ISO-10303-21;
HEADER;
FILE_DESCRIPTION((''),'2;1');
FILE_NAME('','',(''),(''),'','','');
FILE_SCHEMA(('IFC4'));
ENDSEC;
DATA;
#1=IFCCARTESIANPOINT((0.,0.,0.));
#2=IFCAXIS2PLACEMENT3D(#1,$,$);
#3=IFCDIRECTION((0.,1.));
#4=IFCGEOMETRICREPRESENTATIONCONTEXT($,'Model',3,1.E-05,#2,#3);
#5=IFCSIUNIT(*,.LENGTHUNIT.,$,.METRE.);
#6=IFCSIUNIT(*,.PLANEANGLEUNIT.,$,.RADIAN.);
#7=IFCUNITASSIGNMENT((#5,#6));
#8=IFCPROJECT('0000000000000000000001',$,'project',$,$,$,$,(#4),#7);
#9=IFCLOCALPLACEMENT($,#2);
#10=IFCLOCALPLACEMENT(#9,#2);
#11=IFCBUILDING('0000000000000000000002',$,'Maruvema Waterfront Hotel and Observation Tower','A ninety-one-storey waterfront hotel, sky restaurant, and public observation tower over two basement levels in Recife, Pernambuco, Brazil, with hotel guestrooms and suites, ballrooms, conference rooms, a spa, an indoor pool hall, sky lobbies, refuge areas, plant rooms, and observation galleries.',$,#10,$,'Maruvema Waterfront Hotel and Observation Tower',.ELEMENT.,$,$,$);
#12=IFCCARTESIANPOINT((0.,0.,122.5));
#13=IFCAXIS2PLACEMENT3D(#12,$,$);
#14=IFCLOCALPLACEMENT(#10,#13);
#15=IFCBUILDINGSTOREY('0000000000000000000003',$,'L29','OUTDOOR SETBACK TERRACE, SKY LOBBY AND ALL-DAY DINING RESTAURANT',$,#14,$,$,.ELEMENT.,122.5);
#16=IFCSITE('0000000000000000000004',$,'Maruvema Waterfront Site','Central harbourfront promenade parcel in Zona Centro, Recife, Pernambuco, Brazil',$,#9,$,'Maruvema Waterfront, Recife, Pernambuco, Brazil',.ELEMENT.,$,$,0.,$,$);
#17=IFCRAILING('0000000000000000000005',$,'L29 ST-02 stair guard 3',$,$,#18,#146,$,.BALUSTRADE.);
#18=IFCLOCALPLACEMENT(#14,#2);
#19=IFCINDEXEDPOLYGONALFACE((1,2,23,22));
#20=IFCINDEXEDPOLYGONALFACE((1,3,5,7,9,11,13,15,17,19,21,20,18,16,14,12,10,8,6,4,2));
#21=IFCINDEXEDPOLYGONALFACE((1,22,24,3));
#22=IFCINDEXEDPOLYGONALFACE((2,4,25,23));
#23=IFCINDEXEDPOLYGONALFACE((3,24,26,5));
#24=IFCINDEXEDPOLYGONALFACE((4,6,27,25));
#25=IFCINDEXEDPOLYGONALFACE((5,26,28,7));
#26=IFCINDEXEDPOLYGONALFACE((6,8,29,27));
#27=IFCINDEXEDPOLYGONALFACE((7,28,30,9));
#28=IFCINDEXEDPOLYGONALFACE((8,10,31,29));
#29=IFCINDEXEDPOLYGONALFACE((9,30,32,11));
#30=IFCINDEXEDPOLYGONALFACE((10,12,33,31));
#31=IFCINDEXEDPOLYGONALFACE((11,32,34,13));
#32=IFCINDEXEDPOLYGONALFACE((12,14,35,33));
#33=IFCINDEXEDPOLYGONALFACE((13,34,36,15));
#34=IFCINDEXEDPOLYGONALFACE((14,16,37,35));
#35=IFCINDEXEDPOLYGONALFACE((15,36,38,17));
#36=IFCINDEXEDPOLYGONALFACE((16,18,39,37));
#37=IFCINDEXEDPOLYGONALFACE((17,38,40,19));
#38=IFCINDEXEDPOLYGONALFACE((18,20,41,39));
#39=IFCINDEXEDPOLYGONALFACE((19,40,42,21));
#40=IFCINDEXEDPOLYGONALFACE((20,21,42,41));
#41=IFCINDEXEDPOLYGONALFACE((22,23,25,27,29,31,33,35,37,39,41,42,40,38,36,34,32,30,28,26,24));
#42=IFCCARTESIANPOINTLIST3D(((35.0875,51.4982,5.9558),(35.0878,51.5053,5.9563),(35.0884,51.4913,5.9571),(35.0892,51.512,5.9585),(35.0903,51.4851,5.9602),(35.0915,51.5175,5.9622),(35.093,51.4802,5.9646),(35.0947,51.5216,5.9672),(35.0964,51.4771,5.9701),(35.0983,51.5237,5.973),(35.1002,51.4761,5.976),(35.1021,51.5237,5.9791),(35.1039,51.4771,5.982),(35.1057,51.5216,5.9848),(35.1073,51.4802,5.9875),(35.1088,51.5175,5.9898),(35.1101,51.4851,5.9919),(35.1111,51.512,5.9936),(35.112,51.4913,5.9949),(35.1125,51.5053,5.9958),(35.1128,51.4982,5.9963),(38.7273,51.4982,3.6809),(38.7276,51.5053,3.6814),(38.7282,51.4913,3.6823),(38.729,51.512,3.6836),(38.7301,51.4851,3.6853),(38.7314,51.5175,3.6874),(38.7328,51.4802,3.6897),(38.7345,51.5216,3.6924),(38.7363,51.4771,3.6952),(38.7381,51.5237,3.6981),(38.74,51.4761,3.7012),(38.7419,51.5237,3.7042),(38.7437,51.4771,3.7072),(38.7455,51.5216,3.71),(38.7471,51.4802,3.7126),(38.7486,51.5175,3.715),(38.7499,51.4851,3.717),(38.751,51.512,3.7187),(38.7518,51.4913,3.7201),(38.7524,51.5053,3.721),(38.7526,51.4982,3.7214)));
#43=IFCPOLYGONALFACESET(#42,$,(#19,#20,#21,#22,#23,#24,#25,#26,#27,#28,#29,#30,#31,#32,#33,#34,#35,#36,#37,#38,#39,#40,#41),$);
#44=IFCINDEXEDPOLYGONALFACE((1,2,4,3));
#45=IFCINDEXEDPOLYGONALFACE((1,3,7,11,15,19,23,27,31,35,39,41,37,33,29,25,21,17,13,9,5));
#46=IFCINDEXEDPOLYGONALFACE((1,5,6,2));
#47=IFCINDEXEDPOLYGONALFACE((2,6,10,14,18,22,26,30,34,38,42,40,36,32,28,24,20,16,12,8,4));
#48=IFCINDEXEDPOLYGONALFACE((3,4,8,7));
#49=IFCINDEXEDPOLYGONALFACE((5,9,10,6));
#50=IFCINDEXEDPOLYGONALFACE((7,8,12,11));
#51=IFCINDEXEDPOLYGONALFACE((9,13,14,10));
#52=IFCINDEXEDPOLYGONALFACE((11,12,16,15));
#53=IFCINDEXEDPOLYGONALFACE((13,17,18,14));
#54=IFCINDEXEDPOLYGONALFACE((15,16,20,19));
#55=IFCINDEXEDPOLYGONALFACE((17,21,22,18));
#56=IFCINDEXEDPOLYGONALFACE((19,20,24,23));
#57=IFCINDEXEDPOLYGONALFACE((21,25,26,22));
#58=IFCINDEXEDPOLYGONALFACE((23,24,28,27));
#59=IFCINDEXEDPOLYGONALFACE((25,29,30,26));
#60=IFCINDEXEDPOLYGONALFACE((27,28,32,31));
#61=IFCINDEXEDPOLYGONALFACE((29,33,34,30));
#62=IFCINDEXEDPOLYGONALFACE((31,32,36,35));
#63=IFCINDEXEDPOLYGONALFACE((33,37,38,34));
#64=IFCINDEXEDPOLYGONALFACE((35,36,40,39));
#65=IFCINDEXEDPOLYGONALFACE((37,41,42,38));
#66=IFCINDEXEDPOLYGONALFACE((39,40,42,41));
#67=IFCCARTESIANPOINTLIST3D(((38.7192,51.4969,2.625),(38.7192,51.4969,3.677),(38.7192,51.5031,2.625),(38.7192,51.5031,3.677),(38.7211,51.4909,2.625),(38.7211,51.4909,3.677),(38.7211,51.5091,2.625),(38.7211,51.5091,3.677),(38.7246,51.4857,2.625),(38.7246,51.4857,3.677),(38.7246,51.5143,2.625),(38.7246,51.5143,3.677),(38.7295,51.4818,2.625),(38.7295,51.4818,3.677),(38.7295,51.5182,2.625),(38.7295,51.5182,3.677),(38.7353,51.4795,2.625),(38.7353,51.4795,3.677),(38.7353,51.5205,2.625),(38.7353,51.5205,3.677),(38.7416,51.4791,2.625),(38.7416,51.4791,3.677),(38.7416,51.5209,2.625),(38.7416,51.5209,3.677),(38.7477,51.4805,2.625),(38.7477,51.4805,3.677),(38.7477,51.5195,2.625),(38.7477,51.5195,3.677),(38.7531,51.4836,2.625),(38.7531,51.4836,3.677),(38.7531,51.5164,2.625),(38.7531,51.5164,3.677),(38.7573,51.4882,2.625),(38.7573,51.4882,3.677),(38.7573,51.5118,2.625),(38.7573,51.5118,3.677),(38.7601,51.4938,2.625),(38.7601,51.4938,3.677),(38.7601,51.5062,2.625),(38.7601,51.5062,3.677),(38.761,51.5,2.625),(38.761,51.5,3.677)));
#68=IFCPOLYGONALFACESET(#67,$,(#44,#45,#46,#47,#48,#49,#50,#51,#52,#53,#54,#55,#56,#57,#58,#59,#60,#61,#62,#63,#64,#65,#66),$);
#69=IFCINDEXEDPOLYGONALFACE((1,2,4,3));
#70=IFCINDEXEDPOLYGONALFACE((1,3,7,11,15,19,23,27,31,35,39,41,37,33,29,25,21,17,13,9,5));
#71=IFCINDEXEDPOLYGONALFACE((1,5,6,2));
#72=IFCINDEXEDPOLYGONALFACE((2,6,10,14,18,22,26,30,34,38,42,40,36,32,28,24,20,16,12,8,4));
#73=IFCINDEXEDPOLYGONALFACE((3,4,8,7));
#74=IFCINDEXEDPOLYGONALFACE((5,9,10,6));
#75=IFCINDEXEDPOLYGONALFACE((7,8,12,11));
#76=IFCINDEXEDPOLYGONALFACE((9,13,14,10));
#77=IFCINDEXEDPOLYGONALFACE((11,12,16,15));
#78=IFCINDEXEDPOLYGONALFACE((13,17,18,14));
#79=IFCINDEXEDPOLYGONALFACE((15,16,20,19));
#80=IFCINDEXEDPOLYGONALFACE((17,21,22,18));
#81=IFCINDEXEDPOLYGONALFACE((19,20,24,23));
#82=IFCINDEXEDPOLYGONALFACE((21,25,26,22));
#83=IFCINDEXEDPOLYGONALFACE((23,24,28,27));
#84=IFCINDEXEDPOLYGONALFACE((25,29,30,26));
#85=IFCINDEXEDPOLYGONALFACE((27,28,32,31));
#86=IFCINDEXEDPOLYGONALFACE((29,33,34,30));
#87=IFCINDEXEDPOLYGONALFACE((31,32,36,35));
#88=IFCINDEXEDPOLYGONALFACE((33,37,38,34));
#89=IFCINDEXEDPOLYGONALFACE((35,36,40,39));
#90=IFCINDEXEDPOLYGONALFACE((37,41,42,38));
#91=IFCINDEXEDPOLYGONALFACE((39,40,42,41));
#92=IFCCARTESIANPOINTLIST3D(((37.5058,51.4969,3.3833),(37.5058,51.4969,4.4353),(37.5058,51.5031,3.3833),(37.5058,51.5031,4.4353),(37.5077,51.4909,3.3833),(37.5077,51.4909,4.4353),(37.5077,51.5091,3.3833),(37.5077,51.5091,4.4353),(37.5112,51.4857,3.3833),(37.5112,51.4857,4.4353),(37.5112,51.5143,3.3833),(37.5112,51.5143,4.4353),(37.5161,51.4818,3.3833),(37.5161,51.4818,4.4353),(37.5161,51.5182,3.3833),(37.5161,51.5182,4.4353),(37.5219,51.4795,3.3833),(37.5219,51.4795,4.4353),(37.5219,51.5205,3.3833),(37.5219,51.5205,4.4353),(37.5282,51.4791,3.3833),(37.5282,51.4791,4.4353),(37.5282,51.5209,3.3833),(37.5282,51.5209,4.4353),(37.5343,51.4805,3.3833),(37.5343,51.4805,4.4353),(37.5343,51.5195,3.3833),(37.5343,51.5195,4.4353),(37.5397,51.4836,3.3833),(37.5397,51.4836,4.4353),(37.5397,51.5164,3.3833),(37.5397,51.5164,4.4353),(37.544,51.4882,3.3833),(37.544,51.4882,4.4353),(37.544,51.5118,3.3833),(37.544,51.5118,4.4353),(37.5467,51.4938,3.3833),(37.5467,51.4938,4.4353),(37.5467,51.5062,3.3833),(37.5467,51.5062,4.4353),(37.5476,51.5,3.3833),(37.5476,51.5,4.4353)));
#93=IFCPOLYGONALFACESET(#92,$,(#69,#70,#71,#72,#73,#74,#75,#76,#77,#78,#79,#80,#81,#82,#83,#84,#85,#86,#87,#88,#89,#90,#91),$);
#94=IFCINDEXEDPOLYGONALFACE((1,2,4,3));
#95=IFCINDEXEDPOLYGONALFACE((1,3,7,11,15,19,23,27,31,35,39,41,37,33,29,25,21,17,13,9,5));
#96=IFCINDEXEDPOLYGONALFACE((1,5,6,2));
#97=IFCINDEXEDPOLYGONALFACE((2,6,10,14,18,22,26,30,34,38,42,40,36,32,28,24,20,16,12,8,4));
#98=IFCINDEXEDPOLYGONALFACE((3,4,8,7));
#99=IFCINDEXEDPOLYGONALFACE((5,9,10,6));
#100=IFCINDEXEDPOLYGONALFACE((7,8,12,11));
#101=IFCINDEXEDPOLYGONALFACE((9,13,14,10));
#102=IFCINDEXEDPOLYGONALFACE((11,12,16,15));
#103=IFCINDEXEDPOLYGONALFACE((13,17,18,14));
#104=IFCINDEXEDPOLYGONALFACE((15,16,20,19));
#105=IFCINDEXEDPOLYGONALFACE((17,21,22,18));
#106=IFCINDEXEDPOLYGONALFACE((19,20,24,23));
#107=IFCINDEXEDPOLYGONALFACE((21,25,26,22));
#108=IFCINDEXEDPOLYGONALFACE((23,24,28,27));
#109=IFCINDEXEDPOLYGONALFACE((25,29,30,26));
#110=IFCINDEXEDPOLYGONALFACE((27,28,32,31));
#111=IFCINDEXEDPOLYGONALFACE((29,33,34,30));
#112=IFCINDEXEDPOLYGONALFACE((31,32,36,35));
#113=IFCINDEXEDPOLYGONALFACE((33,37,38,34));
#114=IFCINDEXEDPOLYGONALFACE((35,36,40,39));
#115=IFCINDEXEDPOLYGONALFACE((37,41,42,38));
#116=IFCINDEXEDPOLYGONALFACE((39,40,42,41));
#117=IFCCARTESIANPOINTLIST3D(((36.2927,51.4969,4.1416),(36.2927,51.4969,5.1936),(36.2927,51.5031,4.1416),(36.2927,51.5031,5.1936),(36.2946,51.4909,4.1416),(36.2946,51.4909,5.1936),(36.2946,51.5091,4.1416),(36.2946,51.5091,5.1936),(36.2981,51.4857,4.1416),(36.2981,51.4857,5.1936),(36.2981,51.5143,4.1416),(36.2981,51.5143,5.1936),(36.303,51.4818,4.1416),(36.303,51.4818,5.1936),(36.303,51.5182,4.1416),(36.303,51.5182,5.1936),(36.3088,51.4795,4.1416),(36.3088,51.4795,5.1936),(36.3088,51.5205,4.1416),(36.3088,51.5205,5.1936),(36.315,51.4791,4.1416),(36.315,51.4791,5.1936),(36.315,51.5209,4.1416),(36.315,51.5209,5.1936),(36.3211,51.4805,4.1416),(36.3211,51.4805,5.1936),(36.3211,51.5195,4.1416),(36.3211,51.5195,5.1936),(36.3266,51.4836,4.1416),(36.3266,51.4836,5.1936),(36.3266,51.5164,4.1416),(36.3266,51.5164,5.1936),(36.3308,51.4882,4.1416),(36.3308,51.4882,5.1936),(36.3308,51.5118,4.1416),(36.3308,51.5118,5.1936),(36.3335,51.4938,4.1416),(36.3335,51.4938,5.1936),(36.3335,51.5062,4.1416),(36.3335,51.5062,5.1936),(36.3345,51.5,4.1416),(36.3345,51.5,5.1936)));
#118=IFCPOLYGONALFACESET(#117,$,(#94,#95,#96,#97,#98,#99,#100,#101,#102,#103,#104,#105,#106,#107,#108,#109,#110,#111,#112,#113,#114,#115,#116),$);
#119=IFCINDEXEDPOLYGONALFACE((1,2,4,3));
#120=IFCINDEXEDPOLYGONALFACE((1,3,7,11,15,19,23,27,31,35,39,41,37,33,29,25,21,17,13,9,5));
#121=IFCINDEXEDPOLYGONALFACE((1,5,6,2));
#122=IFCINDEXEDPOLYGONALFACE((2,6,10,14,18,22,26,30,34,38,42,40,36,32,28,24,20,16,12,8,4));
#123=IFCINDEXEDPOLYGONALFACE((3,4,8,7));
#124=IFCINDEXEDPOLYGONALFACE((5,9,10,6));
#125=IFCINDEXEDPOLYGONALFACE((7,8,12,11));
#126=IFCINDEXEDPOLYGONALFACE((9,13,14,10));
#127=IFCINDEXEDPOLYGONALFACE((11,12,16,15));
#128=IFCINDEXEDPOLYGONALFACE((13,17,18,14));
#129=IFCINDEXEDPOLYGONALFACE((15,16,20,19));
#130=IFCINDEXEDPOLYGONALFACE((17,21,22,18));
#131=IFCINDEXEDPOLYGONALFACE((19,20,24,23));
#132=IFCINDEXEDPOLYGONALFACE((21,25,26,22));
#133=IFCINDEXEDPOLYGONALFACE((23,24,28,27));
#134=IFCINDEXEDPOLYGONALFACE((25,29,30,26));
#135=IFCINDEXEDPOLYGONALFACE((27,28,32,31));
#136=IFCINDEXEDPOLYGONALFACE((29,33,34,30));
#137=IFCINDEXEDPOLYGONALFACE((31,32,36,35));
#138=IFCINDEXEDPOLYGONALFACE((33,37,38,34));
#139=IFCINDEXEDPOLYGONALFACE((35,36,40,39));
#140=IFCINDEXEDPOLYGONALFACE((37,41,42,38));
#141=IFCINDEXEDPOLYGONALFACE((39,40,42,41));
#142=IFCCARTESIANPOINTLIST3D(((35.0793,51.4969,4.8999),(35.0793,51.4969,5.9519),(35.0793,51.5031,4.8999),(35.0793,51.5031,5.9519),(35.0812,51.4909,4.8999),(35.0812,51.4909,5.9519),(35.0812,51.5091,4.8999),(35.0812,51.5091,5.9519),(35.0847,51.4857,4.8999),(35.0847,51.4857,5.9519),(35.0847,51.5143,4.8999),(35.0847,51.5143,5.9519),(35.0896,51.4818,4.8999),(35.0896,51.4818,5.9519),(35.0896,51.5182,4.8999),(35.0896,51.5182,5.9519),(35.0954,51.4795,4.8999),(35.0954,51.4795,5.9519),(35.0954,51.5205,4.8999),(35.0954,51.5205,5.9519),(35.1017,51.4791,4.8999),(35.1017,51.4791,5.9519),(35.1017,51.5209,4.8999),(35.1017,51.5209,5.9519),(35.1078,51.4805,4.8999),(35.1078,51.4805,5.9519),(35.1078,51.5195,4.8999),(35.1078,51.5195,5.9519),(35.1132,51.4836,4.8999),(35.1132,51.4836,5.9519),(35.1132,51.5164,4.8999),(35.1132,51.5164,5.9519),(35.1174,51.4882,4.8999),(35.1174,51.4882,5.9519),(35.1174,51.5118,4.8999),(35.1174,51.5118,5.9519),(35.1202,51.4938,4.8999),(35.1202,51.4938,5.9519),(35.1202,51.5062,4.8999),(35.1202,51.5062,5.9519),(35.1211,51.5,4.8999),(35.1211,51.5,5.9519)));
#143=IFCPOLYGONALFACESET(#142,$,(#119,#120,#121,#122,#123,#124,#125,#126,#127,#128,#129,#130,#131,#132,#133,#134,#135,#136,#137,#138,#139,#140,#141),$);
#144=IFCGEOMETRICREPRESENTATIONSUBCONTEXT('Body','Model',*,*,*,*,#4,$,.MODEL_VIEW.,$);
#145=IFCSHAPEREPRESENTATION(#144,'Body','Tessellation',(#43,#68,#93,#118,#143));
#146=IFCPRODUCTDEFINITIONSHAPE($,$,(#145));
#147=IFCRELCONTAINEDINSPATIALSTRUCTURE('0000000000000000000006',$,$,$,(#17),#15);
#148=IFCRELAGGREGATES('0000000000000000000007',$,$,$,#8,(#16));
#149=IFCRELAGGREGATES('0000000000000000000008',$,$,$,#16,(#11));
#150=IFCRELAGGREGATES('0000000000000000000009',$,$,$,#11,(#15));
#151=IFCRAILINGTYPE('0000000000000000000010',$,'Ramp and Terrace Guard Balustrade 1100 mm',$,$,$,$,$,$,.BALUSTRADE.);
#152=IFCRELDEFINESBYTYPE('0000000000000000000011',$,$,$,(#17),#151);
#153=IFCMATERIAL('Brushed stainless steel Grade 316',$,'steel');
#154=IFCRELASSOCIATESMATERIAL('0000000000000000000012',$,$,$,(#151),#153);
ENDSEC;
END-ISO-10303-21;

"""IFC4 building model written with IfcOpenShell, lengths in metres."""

from ifc_helpers import new_model, si_unit, direction, frame, origin, origin_2d, place, context, subcontext, project, spatial, circle, extrude, material, type_object, element, save


model = new_model("IFC4")

# Units and contexts
model_context = context("Model", 3, precision=1e-05, world=origin(), true_north=direction((0.0, 1.0)))
body_context = subcontext(model_context, "Body", "Model", "MODEL_VIEW")
ifc_project = project(units=[si_unit("LENGTHUNIT", "METRE"), si_unit("PLANEANGLEUNIT", "RADIAN")], contexts=[model_context])

# Site, building, storey
site_placement = place(None, origin())
site = spatial("IfcSite", under=ifc_project, at=site_placement, Name="Maruvema Waterfront Site", Description="Central harbourfront promenade parcel in Zona Centro, Recife, Pernambuco, Brazil", LongName="Maruvema Waterfront, Recife, Pernambuco, Brazil", CompositionType="ELEMENT", RefElevation=0.0)
building_placement = place(site_placement, origin())
building = spatial("IfcBuilding", under=site, at=building_placement, Name="Maruvema Waterfront Hotel and Observation Tower", Description="A ninety-one-storey waterfront hotel, sky restaurant, and public observation tower over two basement levels in Recife, Pernambuco, Brazil, with hotel guestrooms and suites, ballrooms, conference rooms, a spa, an indoor pool hall, sky lobbies, refuge areas, plant rooms, and observation galleries.", LongName="Maruvema Waterfront Hotel and Observation Tower", CompositionType="ELEMENT")
storey_placement = place(building_placement, frame((0.0, 0.0, 122.5)))
storey = spatial("IfcBuildingStorey", under=building, at=storey_placement, Name="L29", Description="OUTDOOR SETBACK TERRACE, SKY LOBBY AND ALL-DAY DINING RESTAURANT", CompositionType="ELEMENT", Elevation=122.5)

# Railing
ifc_material_1 = material(Name="Brushed stainless steel Grade 316", Category="steel")
railing_type_1 = type_object("IfcRailingType", Name="Ramp and Terrace Guard Balustrade 1100 mm", PredefinedType="BALUSTRADE", material=ifc_material_1)
railing_1_placement = place(storey_placement, frame((38.74, 51.5, 2.625)))
element("IfcRailing", 1, at=railing_1_placement, inside=storey, type_object=railing_type_1, Name="L29 ST-02 stair guard 3", PredefinedType="BALUSTRADE", context=body_context, shape_type="SweptSolid", body=[
    extrude(circle(Radius=0.0239, at=origin_2d()), frame((0.0, 0.0, 1.0762), z_axis=(-0.848001, 0.0, 0.529994), x_axis=(0.0, -1.0, 0.0)), (0.0, 0.0, 1.0), 4.2922),
    extrude(circle(Radius=0.021, at=origin_2d()), origin(), (0.0, 0.0, 1.0), 1.052),
    extrude(circle(Radius=0.021, at=origin_2d()), frame((-1.2134, 0.0, 0.7583)), (0.0, 0.0, 1.0), 1.052),
    extrude(circle(Radius=0.021, at=origin_2d()), frame((-2.4265, 0.0, 1.5166)), (0.0, 0.0, 1.0), 1.052),
    extrude(circle(Radius=0.021, at=origin_2d()), frame((-3.6399, 0.0, 2.2749)), (0.0, 0.0, 1.0), 1.052),
])

save(model, "model.ifc")
